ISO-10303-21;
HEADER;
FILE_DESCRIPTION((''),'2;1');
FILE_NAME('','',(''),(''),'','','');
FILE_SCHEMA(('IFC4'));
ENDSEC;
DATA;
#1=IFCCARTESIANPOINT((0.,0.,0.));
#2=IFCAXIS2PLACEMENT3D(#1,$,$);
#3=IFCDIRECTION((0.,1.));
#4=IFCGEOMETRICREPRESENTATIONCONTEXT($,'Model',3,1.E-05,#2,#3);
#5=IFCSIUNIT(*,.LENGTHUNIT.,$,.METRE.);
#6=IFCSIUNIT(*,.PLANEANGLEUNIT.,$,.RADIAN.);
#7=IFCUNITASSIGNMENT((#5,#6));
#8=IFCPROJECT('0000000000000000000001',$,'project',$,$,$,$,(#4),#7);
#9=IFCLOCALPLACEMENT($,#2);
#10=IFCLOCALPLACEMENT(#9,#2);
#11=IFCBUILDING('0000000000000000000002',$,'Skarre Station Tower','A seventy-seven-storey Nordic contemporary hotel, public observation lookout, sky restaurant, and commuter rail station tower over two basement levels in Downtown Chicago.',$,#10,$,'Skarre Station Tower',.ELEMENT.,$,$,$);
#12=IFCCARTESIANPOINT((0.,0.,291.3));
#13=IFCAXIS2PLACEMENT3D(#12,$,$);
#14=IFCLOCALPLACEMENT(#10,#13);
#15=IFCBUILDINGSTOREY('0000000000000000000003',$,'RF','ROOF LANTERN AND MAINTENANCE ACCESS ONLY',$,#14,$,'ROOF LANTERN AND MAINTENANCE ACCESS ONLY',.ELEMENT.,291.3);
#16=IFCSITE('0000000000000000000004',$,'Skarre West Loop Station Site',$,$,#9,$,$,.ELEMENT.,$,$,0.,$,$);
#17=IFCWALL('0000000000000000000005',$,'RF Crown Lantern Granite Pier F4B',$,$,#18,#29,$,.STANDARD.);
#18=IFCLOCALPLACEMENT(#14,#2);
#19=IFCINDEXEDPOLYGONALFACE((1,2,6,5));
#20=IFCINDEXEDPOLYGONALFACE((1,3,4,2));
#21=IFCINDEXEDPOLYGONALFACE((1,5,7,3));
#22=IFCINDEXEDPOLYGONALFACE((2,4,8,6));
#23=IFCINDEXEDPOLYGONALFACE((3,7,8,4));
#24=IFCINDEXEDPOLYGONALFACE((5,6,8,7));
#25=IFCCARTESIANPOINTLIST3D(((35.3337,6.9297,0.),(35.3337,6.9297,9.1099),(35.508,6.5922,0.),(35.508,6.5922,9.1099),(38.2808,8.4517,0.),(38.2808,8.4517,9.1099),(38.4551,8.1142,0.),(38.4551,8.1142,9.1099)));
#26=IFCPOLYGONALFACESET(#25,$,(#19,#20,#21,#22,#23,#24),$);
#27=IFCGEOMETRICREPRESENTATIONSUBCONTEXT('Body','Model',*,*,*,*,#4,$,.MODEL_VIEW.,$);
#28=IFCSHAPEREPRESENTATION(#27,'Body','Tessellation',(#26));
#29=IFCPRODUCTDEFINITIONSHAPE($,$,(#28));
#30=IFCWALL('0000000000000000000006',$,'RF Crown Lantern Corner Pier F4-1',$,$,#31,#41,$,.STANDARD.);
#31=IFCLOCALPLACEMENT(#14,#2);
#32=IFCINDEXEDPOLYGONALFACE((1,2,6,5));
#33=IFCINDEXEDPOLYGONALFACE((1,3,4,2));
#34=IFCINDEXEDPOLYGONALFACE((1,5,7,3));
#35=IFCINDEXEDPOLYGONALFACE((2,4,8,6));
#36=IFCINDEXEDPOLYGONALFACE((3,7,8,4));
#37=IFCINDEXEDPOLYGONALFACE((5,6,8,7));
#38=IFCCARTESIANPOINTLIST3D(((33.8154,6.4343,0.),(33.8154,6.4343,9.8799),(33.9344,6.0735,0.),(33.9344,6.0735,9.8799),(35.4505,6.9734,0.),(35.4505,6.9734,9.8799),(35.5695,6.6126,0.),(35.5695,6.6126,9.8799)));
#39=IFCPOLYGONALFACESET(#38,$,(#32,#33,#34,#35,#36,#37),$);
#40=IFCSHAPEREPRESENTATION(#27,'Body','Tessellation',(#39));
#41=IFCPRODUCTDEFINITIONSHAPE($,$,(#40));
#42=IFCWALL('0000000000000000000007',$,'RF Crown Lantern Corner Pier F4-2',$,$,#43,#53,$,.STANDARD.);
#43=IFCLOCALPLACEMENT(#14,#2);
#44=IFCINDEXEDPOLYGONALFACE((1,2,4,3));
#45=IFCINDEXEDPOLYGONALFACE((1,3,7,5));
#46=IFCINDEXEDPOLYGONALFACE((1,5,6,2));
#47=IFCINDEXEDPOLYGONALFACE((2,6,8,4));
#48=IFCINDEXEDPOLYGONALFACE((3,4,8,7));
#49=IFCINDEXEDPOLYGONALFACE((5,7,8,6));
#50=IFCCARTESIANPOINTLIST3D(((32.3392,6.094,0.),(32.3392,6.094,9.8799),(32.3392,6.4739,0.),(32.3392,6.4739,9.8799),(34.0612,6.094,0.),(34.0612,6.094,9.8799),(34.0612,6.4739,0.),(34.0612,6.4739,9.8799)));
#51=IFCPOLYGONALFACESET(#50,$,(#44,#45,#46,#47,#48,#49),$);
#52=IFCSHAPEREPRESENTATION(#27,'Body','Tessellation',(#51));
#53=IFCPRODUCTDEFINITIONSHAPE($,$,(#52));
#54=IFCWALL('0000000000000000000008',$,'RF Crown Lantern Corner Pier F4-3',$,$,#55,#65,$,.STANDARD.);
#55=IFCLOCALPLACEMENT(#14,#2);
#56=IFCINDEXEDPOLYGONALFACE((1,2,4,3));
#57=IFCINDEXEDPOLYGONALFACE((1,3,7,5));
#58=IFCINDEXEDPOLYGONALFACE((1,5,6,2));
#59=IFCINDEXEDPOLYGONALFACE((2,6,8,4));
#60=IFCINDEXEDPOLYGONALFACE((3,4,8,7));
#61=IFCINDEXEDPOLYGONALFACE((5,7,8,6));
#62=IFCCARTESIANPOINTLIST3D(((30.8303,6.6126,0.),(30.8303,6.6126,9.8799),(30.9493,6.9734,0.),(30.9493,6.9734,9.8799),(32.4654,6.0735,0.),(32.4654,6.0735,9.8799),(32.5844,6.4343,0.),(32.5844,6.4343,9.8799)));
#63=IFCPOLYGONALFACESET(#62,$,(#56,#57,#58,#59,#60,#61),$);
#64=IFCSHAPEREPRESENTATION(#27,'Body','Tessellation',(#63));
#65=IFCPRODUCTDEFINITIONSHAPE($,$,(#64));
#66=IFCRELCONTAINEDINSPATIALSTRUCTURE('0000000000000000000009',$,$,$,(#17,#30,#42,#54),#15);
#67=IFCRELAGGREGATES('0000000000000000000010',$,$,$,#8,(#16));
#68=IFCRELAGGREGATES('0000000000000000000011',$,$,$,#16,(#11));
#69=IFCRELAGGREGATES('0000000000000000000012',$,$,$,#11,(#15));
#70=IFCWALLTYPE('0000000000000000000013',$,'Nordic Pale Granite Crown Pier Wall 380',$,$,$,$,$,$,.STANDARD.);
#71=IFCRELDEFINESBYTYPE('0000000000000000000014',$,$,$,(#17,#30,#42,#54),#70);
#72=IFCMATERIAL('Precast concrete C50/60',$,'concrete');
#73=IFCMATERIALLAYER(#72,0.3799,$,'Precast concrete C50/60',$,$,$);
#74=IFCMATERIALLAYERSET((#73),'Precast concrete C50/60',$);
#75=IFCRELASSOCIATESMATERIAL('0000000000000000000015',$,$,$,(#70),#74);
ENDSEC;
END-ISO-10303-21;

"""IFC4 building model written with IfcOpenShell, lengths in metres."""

from ifc_helpers import new_model, si_unit, direction, frame, frame_2d, origin, place, context, subcontext, project, spatial, rectangle, extrude, material, layer, layer_set, type_object, element, save


model = new_model("IFC4")

# Units and contexts
model_context = context("Model", 3, precision=1e-05, world=origin(), true_north=direction((0.0, 1.0)))
body_context = subcontext(model_context, "Body", "Model", "MODEL_VIEW")
ifc_project = project(units=[si_unit("LENGTHUNIT", "METRE"), si_unit("PLANEANGLEUNIT", "RADIAN")], contexts=[model_context])

# Site, building, storey
site_placement = place(None, origin())
site = spatial("IfcSite", under=ifc_project, at=site_placement, Name="Skarre West Loop Station Site", CompositionType="ELEMENT", RefElevation=0.0)
building_placement = place(site_placement, origin())
building = spatial("IfcBuilding", under=site, at=building_placement, Name="Skarre Station Tower", Description="A seventy-seven-storey Nordic contemporary hotel, public observation lookout, sky restaurant, and commuter rail station tower over two basement levels in Downtown Chicago.", LongName="Skarre Station Tower", CompositionType="ELEMENT")
storey_placement = place(building_placement, frame((0.0, 0.0, 291.3)))
storey = spatial("IfcBuildingStorey", under=building, at=storey_placement, Name="RF", Description="ROOF LANTERN AND MAINTENANCE ACCESS ONLY", LongName="ROOF LANTERN AND MAINTENANCE ACCESS ONLY", CompositionType="ELEMENT", Elevation=291.3)

# Walls
ifc_material_1 = material(Name="Precast concrete C50/60", Category="concrete")
ifc_layer_1 = layer(ifc_material_1, 0.3799, Name="Precast concrete C50/60")
ifc_layer_set_1 = layer_set([ifc_layer_1], Name="Precast concrete C50/60")
wall_type_1 = type_object("IfcWallType", Name="Nordic Pale Granite Crown Pier Wall 380", PredefinedType="STANDARD", material=ifc_layer_set_1)
wall_1_placement = place(storey_placement, frame((38.3679, 8.283, 0.0), z_axis=(0.0, 0.0, 1.0), x_axis=(-0.888506, -0.458864, 0.0)))
element("IfcWall", 1, at=wall_1_placement, inside=storey, type_object=wall_type_1, Name="RF Crown Lantern Granite Pier F4B", PredefinedType="STANDARD", context=body_context, shape_type="SweptSolid", body=[
    extrude(rectangle(XDim=3.3169, YDim=0.3799, at=frame_2d((1.6584, 0.0))), origin(), (0.0, 0.0, 1.0), 9.1099),
])
wall_2_placement = place(storey_placement, frame((35.51, 6.793, 0.0), z_axis=(0.0, 0.0, 1.0), x_axis=(-0.949713, -0.31312, 0.0)))
element("IfcWall", 2, at=wall_2_placement, inside=storey, type_object=wall_type_1, Name="RF Crown Lantern Corner Pier F4-1", PredefinedType="STANDARD", context=body_context, shape_type="SweptSolid", body=[
    extrude(rectangle(XDim=1.7217, YDim=0.3799, at=frame_2d((0.8608, 0.0))), origin(), (0.0, 0.0, 1.0), 9.8799),
])
wall_3_placement = place(storey_placement, frame((34.061, 6.2839, 0.0), z_axis=(0.0, 0.0, 1.0), x_axis=(-1.0, 0.0, 0.0)))
element("IfcWall", 3, at=wall_3_placement, inside=storey, type_object=wall_type_1, Name="RF Crown Lantern Corner Pier F4-2", PredefinedType="STANDARD", context=body_context, shape_type="SweptSolid", body=[
    extrude(rectangle(XDim=1.7219, YDim=0.3799, at=frame_2d((0.8608, 0.0))), origin(), (0.0, 0.0, 1.0), 9.8799),
])
wall_4_placement = place(storey_placement, frame((32.5249, 6.2539, 0.0), z_axis=(0.0, 0.0, 1.0), x_axis=(-0.949713, 0.31312, 0.0)))
element("IfcWall", 4, at=wall_4_placement, inside=storey, type_object=wall_type_1, Name="RF Crown Lantern Corner Pier F4-3", PredefinedType="STANDARD", context=body_context, shape_type="SweptSolid", body=[
    extrude(rectangle(XDim=1.7217, YDim=0.3799, at=frame_2d((0.8608, 0.0))), origin(), (0.0, 0.0, 1.0), 9.8799),
])

save(model, "model.ifc")
